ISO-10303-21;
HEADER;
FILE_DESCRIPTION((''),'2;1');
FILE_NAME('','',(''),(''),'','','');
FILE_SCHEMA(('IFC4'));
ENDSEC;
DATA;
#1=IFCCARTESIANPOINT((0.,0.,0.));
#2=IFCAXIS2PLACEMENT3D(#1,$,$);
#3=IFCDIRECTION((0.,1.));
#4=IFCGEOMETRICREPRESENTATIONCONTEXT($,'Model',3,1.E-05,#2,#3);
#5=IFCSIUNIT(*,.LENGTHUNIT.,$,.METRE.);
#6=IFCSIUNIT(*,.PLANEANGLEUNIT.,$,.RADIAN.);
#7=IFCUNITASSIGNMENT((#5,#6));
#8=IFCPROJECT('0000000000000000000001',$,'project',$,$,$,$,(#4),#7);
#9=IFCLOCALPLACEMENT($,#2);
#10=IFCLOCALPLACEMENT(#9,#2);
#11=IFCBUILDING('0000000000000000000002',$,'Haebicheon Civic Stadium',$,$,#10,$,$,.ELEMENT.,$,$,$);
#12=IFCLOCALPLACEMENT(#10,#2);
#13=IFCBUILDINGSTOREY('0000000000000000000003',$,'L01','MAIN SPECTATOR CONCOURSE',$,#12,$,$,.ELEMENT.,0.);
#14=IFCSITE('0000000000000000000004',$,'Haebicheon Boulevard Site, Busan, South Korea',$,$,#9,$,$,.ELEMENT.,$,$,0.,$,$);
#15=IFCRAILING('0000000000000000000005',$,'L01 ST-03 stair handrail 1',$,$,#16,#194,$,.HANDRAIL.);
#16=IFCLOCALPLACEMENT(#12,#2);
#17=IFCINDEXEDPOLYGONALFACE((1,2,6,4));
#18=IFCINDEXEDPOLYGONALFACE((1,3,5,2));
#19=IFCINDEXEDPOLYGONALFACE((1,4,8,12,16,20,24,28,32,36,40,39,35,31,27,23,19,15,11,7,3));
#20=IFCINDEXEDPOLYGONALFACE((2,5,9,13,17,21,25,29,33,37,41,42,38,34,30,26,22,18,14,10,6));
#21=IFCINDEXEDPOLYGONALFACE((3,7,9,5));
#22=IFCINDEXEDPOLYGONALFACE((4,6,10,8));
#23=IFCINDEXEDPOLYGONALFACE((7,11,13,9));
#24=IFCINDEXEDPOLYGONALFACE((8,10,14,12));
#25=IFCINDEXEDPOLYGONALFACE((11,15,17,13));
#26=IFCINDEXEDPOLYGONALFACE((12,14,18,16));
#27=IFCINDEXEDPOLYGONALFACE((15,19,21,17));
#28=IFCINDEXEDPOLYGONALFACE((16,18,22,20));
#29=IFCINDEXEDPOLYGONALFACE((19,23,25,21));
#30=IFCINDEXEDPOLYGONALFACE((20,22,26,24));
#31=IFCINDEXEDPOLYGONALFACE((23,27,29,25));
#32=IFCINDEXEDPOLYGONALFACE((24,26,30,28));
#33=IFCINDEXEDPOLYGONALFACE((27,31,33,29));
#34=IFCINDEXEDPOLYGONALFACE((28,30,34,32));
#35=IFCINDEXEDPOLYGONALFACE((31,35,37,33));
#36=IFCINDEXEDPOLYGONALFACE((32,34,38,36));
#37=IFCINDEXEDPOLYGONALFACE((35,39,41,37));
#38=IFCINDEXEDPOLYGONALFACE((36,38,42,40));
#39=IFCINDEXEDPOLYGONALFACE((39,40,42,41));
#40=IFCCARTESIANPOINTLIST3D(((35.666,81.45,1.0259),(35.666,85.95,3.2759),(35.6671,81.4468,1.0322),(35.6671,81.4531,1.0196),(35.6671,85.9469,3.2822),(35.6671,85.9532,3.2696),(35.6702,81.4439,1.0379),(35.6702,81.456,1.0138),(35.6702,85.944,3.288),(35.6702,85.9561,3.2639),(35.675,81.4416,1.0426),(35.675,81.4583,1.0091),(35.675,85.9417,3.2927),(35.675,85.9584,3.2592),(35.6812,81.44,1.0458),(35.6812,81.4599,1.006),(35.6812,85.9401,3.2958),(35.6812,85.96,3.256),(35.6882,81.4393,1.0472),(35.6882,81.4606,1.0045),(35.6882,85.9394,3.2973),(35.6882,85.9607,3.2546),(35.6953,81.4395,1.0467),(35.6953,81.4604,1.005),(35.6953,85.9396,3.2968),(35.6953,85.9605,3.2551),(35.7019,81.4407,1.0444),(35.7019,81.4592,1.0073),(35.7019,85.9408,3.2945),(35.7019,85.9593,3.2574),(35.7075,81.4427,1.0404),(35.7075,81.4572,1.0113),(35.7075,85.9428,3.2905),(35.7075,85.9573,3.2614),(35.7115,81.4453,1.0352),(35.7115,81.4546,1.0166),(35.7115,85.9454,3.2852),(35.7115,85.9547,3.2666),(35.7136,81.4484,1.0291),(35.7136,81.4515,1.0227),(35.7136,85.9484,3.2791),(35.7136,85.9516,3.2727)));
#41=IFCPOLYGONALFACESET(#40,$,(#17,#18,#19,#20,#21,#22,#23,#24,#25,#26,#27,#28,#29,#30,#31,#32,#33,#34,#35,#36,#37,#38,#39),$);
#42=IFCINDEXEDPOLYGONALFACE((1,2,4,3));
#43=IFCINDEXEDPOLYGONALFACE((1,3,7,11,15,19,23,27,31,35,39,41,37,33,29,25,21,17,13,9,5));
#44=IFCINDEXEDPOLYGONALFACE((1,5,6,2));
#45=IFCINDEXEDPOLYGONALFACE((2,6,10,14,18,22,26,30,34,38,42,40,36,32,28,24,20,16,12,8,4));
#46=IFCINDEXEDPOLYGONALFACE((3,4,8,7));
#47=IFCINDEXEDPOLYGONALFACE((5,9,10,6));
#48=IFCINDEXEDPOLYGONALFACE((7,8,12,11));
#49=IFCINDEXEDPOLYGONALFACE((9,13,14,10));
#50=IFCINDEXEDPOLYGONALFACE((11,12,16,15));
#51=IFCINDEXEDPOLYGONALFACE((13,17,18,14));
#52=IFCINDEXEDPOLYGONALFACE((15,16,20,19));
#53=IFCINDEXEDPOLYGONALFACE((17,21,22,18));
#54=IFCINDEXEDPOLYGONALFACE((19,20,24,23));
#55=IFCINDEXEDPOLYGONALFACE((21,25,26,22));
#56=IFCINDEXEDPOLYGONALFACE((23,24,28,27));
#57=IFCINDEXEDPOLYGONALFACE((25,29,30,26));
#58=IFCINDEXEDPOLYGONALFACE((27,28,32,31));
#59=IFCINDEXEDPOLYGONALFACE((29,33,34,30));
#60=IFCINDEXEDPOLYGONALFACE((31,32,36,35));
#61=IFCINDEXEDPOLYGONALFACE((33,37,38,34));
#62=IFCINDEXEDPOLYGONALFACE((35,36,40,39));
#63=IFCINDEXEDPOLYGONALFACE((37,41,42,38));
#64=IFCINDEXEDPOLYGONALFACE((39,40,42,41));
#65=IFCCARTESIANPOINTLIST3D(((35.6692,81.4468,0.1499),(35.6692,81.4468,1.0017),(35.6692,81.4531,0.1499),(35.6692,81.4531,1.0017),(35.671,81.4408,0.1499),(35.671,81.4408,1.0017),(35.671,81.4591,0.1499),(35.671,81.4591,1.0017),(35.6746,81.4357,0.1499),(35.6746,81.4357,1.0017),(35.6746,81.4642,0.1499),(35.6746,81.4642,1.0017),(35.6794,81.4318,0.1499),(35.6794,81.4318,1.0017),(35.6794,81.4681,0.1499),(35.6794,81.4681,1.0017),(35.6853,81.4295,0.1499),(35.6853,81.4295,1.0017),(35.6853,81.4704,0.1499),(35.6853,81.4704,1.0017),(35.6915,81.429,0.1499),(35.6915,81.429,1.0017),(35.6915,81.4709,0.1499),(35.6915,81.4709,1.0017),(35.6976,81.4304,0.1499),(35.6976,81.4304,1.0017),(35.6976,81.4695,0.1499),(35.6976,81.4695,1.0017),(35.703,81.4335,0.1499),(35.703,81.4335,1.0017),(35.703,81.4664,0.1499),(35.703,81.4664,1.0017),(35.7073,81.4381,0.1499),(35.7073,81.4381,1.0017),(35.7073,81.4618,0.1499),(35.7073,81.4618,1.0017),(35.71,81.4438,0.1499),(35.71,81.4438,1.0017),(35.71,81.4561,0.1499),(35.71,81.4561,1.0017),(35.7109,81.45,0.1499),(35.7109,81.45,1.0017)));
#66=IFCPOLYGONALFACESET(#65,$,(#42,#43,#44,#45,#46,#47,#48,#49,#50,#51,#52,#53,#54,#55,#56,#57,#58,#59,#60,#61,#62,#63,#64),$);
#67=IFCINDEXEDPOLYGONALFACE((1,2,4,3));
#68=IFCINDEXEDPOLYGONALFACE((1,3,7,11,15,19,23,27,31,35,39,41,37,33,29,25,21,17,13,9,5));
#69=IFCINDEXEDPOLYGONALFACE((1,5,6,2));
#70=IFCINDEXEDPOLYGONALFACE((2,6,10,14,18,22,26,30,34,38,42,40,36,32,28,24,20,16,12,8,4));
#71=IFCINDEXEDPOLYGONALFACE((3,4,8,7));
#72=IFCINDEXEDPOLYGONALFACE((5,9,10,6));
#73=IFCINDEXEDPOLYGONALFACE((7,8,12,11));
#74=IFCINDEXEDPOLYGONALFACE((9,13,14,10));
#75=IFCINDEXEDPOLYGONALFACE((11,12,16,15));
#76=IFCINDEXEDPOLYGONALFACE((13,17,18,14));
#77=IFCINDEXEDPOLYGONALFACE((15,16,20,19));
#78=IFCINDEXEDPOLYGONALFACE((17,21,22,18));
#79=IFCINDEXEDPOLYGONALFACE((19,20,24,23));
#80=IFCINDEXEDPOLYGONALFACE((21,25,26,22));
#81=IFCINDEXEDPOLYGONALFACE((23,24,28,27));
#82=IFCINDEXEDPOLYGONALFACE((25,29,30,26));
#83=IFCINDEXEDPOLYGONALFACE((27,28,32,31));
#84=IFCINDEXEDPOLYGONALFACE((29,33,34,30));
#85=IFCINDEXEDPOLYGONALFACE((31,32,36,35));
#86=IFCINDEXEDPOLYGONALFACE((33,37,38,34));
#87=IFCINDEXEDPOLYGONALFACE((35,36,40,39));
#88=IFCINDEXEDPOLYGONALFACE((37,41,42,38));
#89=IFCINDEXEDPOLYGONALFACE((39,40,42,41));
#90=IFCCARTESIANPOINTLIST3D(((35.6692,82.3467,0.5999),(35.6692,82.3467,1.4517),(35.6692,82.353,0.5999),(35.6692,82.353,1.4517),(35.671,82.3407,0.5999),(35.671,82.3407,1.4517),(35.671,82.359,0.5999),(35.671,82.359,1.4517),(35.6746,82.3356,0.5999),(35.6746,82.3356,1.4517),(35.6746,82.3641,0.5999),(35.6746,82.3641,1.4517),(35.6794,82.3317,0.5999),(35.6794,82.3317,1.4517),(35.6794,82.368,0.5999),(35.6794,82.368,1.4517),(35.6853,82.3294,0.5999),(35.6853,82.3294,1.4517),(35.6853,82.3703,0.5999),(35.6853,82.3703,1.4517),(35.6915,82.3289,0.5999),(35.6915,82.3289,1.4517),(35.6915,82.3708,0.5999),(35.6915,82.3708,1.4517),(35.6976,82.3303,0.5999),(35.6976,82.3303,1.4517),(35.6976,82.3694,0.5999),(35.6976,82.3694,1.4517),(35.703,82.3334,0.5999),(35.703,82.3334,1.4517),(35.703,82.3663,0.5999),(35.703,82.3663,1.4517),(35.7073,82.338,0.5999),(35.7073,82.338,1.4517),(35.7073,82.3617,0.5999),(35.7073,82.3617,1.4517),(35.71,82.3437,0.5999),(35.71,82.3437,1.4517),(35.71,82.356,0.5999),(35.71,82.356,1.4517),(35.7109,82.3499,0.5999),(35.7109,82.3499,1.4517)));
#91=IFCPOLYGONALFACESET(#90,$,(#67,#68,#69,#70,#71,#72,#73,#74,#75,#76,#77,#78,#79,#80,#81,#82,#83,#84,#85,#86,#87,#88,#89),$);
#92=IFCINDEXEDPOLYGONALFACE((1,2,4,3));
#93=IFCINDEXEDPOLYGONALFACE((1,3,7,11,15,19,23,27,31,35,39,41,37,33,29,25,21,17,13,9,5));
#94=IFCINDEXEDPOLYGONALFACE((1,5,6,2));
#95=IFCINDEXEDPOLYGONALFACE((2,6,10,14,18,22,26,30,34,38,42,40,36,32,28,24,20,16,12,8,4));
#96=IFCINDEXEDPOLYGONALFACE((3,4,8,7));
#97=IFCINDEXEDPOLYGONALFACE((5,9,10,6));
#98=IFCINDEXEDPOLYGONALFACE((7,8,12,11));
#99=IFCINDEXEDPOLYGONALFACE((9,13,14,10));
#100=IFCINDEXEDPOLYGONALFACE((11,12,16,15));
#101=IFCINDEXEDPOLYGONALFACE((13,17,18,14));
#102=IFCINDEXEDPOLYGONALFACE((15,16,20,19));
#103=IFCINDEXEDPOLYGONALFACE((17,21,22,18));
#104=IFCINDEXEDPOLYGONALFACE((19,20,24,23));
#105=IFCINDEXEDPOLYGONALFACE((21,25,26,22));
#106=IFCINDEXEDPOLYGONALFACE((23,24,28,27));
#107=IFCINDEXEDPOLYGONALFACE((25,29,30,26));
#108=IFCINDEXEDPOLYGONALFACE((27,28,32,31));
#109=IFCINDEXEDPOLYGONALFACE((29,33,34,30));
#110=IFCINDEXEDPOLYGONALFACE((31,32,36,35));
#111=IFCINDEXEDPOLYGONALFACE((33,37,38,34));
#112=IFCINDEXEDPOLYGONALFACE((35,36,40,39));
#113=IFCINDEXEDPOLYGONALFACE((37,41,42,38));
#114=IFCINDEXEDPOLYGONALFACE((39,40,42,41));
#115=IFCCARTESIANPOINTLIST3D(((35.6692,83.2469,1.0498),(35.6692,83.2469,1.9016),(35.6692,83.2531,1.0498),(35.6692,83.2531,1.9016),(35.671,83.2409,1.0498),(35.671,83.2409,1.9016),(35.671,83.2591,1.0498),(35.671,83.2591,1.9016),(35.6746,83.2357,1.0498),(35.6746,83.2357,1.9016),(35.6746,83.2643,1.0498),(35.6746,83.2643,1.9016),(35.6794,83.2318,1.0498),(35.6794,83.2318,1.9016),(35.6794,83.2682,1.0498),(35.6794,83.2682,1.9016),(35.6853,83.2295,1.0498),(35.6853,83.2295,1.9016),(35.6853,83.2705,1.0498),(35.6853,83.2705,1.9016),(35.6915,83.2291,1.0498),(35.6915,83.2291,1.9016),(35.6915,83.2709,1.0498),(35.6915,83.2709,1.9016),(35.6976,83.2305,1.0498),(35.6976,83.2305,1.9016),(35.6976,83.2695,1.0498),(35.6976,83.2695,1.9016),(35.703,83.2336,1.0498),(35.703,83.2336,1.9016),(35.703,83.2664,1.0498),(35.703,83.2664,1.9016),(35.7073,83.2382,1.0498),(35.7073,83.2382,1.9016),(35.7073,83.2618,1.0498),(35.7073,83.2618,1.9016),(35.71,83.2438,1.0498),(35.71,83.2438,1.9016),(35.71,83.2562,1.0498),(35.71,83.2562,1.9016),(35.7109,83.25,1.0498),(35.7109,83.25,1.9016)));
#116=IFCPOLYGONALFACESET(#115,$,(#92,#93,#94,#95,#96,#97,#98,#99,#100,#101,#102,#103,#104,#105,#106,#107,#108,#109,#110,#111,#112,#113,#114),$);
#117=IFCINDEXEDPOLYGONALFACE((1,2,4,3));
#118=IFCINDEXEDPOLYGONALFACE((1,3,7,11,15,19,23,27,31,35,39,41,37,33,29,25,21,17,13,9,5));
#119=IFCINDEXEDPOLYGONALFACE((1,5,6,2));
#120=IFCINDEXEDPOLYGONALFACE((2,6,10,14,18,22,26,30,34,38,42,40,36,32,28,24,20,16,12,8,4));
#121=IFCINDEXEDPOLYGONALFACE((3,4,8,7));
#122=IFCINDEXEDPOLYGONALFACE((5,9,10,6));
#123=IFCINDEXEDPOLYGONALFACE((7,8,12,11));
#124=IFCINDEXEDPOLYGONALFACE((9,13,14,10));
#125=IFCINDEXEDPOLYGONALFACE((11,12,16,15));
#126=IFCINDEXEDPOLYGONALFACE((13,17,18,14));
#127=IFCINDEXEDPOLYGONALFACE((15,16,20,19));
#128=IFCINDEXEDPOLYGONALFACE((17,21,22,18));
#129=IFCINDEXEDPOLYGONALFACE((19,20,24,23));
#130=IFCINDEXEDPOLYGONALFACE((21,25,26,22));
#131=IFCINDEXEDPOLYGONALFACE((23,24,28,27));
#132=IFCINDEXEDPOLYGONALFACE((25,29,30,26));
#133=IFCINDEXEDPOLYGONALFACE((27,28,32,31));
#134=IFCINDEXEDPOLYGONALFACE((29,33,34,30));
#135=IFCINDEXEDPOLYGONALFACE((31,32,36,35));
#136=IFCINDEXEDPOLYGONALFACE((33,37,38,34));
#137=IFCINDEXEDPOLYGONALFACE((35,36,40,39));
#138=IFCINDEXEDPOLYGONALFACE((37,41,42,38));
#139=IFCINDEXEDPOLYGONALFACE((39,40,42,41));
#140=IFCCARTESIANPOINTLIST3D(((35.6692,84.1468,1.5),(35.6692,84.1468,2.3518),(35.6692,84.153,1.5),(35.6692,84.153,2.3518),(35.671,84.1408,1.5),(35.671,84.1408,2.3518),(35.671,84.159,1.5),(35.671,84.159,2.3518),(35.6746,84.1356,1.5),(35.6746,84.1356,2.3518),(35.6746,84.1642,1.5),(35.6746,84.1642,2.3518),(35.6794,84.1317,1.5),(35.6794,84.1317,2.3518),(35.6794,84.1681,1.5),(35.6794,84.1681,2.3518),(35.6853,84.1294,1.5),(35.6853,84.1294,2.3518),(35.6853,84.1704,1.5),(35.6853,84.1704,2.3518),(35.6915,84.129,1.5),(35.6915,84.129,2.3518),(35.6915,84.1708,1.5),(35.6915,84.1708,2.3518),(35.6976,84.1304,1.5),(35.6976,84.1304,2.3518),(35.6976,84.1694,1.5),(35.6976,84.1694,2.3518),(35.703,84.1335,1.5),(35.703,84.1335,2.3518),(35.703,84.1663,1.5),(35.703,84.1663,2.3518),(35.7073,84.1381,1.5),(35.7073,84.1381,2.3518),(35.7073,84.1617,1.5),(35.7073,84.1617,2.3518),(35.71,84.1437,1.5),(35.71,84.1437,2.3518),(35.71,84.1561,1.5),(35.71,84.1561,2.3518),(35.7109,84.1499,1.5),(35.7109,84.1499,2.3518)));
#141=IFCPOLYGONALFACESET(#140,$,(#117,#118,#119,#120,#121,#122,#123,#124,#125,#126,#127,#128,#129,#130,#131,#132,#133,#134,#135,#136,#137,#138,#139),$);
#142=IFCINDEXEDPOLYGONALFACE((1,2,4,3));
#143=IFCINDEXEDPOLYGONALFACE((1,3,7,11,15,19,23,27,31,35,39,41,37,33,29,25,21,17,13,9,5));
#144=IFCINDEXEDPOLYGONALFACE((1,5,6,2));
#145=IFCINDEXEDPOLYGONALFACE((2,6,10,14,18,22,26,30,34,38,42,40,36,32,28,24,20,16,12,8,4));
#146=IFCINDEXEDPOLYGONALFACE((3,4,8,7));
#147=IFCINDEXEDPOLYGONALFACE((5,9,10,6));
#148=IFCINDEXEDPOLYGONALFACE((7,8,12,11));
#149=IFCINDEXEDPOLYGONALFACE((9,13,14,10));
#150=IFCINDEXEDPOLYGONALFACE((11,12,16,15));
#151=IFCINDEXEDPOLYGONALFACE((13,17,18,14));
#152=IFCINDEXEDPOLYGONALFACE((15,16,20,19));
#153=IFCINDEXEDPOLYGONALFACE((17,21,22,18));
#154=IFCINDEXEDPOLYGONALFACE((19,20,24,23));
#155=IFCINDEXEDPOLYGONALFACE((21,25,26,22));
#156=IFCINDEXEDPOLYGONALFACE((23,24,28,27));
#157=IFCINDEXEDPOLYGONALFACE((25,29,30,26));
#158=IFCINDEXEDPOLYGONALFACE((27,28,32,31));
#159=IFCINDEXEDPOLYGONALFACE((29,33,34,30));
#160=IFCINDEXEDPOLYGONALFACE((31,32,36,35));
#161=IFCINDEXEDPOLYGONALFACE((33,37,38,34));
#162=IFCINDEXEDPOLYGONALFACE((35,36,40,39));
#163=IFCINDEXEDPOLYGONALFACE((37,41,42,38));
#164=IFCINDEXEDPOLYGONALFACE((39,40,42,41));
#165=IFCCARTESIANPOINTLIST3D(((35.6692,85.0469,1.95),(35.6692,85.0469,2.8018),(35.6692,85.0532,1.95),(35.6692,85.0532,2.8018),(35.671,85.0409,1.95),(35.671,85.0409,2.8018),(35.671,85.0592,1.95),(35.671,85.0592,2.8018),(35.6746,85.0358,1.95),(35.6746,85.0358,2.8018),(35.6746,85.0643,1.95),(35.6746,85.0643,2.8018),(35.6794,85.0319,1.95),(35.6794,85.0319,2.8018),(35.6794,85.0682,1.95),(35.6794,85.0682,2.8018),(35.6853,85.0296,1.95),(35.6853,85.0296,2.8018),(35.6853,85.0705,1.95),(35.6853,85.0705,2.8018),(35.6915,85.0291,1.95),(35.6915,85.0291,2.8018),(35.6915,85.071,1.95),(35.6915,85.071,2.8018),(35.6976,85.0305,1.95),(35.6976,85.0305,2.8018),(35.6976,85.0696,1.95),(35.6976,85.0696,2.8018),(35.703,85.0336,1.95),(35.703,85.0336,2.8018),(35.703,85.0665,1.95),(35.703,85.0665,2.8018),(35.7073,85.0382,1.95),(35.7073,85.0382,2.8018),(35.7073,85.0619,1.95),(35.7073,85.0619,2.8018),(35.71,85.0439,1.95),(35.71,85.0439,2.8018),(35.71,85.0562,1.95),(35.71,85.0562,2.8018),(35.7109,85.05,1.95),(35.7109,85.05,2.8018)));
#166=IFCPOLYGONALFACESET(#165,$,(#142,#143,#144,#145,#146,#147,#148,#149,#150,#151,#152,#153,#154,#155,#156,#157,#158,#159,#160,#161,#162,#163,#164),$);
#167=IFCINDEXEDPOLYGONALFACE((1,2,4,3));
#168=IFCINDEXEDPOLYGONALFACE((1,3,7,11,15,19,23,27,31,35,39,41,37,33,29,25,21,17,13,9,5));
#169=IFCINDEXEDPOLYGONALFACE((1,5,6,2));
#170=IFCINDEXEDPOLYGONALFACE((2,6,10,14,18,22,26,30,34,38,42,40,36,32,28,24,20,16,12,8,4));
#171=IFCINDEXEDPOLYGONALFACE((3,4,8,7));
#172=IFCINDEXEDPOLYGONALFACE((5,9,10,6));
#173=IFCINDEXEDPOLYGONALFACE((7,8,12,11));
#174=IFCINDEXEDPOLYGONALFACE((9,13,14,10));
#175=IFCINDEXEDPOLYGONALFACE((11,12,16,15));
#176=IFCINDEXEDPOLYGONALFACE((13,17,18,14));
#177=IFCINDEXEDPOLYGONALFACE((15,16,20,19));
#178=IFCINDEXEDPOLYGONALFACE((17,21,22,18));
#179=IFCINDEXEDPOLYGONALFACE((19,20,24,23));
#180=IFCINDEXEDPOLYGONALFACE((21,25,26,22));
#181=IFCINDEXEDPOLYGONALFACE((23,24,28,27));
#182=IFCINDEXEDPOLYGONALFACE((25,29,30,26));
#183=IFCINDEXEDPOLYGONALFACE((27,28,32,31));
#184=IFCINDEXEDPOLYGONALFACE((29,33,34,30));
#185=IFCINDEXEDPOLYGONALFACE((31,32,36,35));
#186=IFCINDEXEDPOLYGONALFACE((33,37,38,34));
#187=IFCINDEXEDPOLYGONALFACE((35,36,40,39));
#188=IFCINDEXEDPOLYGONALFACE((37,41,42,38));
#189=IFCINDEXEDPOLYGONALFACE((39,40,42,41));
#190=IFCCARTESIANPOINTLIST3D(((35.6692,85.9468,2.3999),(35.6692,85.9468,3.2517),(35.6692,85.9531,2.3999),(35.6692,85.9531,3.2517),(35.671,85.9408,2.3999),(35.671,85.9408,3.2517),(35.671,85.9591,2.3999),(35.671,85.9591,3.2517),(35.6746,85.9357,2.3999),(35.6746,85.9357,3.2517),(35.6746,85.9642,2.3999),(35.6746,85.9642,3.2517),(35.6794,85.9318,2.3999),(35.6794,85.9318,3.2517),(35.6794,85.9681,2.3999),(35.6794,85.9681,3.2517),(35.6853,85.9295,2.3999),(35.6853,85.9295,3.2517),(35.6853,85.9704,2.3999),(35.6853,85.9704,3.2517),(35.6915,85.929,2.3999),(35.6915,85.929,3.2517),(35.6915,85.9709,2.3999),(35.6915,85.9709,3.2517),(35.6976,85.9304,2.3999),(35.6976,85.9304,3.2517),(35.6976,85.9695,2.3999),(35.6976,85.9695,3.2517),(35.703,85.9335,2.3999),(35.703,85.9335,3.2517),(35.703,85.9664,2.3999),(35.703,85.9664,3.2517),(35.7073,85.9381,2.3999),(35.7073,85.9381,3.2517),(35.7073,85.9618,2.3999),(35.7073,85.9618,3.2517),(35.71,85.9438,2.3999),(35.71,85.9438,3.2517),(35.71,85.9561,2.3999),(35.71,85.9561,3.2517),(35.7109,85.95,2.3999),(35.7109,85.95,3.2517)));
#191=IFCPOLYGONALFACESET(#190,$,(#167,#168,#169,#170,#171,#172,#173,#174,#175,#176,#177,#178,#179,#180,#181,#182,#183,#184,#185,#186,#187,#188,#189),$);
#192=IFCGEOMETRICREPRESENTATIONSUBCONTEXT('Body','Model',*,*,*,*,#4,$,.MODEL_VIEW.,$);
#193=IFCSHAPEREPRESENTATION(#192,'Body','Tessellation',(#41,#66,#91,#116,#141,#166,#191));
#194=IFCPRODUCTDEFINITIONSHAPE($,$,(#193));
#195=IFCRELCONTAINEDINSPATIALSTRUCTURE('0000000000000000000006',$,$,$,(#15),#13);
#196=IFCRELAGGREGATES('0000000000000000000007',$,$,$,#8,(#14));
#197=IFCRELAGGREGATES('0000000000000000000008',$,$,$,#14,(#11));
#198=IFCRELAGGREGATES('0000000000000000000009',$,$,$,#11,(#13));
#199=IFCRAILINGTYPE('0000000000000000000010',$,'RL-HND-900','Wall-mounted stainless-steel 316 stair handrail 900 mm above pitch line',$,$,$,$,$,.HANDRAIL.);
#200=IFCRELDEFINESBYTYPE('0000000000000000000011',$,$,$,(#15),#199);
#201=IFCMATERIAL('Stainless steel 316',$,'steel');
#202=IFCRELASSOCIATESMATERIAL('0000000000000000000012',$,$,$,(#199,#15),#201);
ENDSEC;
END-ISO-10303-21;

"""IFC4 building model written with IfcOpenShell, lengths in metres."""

from ifc_helpers import new_model, si_unit, direction, frame, origin, origin_2d, place, context, subcontext, project, spatial, circle, extrude, material, type_object, element, save


model = new_model("IFC4")

# Units and contexts
model_context = context("Model", 3, precision=1e-05, world=origin(), true_north=direction((0.0, 1.0)))
body_context = subcontext(model_context, "Body", "Model", "MODEL_VIEW")
ifc_project = project(units=[si_unit("LENGTHUNIT", "METRE"), si_unit("PLANEANGLEUNIT", "RADIAN")], contexts=[model_context])

# Site, building, storey
site_placement = place(None, origin())
site = spatial("IfcSite", under=ifc_project, at=site_placement, Name="Haebicheon Boulevard Site, Busan, South Korea", CompositionType="ELEMENT", RefElevation=0.0)
building_placement = place(site_placement, origin())
building = spatial("IfcBuilding", under=site, at=building_placement, Name="Haebicheon Civic Stadium", CompositionType="ELEMENT")
storey_placement = place(building_placement, origin())
storey = spatial("IfcBuildingStorey", under=building, at=storey_placement, Name="L01", Description="MAIN SPECTATOR CONCOURSE", CompositionType="ELEMENT", Elevation=0.0)

# Railing
ifc_material_1 = material(Name="Stainless steel 316", Category="steel")
railing_type_1 = type_object("IfcRailingType", Name="RL-HND-900", Description="Wall-mounted stainless-steel 316 stair handrail 900 mm above pitch line", PredefinedType="HANDRAIL", material=ifc_material_1)
railing_1_placement = place(storey_placement, frame((35.6899, 81.45, 0.1499)))
element("IfcRailing", 1, at=railing_1_placement, inside=storey, type_object=railing_type_1, material=ifc_material_1, Name="L01 ST-03 stair handrail 1", PredefinedType="HANDRAIL", context=body_context, shape_type="SweptSolid", body=[
    extrude(circle(Radius=0.0239, at=origin_2d()), frame((0.0, 0.0, 0.876), z_axis=(0.0, 0.894427, 0.447214), x_axis=(-1.0, 0.0, 0.0)), (0.0, 0.0, 1.0), 5.0312),
    extrude(circle(Radius=0.021, at=origin_2d()), origin(), (0.0, 0.0, 1.0), 0.8518),
    extrude(circle(Radius=0.021, at=origin_2d()), frame((0.0, 0.8999, 0.45)), (0.0, 0.0, 1.0), 0.8518),
    extrude(circle(Radius=0.021, at=origin_2d()), frame((0.0, 1.8, 0.8999)), (0.0, 0.0, 1.0), 0.8518),
    extrude(circle(Radius=0.021, at=origin_2d()), frame((0.0, 2.7, 1.3501)), (0.0, 0.0, 1.0), 0.8518),
    extrude(circle(Radius=0.021, at=origin_2d()), frame((0.0, 3.6001, 1.8)), (0.0, 0.0, 1.0), 0.8518),
    extrude(circle(Radius=0.021, at=origin_2d()), frame((0.0, 4.5, 2.25)), (0.0, 0.0, 1.0), 0.8518),
])

save(model, "model.ifc")
